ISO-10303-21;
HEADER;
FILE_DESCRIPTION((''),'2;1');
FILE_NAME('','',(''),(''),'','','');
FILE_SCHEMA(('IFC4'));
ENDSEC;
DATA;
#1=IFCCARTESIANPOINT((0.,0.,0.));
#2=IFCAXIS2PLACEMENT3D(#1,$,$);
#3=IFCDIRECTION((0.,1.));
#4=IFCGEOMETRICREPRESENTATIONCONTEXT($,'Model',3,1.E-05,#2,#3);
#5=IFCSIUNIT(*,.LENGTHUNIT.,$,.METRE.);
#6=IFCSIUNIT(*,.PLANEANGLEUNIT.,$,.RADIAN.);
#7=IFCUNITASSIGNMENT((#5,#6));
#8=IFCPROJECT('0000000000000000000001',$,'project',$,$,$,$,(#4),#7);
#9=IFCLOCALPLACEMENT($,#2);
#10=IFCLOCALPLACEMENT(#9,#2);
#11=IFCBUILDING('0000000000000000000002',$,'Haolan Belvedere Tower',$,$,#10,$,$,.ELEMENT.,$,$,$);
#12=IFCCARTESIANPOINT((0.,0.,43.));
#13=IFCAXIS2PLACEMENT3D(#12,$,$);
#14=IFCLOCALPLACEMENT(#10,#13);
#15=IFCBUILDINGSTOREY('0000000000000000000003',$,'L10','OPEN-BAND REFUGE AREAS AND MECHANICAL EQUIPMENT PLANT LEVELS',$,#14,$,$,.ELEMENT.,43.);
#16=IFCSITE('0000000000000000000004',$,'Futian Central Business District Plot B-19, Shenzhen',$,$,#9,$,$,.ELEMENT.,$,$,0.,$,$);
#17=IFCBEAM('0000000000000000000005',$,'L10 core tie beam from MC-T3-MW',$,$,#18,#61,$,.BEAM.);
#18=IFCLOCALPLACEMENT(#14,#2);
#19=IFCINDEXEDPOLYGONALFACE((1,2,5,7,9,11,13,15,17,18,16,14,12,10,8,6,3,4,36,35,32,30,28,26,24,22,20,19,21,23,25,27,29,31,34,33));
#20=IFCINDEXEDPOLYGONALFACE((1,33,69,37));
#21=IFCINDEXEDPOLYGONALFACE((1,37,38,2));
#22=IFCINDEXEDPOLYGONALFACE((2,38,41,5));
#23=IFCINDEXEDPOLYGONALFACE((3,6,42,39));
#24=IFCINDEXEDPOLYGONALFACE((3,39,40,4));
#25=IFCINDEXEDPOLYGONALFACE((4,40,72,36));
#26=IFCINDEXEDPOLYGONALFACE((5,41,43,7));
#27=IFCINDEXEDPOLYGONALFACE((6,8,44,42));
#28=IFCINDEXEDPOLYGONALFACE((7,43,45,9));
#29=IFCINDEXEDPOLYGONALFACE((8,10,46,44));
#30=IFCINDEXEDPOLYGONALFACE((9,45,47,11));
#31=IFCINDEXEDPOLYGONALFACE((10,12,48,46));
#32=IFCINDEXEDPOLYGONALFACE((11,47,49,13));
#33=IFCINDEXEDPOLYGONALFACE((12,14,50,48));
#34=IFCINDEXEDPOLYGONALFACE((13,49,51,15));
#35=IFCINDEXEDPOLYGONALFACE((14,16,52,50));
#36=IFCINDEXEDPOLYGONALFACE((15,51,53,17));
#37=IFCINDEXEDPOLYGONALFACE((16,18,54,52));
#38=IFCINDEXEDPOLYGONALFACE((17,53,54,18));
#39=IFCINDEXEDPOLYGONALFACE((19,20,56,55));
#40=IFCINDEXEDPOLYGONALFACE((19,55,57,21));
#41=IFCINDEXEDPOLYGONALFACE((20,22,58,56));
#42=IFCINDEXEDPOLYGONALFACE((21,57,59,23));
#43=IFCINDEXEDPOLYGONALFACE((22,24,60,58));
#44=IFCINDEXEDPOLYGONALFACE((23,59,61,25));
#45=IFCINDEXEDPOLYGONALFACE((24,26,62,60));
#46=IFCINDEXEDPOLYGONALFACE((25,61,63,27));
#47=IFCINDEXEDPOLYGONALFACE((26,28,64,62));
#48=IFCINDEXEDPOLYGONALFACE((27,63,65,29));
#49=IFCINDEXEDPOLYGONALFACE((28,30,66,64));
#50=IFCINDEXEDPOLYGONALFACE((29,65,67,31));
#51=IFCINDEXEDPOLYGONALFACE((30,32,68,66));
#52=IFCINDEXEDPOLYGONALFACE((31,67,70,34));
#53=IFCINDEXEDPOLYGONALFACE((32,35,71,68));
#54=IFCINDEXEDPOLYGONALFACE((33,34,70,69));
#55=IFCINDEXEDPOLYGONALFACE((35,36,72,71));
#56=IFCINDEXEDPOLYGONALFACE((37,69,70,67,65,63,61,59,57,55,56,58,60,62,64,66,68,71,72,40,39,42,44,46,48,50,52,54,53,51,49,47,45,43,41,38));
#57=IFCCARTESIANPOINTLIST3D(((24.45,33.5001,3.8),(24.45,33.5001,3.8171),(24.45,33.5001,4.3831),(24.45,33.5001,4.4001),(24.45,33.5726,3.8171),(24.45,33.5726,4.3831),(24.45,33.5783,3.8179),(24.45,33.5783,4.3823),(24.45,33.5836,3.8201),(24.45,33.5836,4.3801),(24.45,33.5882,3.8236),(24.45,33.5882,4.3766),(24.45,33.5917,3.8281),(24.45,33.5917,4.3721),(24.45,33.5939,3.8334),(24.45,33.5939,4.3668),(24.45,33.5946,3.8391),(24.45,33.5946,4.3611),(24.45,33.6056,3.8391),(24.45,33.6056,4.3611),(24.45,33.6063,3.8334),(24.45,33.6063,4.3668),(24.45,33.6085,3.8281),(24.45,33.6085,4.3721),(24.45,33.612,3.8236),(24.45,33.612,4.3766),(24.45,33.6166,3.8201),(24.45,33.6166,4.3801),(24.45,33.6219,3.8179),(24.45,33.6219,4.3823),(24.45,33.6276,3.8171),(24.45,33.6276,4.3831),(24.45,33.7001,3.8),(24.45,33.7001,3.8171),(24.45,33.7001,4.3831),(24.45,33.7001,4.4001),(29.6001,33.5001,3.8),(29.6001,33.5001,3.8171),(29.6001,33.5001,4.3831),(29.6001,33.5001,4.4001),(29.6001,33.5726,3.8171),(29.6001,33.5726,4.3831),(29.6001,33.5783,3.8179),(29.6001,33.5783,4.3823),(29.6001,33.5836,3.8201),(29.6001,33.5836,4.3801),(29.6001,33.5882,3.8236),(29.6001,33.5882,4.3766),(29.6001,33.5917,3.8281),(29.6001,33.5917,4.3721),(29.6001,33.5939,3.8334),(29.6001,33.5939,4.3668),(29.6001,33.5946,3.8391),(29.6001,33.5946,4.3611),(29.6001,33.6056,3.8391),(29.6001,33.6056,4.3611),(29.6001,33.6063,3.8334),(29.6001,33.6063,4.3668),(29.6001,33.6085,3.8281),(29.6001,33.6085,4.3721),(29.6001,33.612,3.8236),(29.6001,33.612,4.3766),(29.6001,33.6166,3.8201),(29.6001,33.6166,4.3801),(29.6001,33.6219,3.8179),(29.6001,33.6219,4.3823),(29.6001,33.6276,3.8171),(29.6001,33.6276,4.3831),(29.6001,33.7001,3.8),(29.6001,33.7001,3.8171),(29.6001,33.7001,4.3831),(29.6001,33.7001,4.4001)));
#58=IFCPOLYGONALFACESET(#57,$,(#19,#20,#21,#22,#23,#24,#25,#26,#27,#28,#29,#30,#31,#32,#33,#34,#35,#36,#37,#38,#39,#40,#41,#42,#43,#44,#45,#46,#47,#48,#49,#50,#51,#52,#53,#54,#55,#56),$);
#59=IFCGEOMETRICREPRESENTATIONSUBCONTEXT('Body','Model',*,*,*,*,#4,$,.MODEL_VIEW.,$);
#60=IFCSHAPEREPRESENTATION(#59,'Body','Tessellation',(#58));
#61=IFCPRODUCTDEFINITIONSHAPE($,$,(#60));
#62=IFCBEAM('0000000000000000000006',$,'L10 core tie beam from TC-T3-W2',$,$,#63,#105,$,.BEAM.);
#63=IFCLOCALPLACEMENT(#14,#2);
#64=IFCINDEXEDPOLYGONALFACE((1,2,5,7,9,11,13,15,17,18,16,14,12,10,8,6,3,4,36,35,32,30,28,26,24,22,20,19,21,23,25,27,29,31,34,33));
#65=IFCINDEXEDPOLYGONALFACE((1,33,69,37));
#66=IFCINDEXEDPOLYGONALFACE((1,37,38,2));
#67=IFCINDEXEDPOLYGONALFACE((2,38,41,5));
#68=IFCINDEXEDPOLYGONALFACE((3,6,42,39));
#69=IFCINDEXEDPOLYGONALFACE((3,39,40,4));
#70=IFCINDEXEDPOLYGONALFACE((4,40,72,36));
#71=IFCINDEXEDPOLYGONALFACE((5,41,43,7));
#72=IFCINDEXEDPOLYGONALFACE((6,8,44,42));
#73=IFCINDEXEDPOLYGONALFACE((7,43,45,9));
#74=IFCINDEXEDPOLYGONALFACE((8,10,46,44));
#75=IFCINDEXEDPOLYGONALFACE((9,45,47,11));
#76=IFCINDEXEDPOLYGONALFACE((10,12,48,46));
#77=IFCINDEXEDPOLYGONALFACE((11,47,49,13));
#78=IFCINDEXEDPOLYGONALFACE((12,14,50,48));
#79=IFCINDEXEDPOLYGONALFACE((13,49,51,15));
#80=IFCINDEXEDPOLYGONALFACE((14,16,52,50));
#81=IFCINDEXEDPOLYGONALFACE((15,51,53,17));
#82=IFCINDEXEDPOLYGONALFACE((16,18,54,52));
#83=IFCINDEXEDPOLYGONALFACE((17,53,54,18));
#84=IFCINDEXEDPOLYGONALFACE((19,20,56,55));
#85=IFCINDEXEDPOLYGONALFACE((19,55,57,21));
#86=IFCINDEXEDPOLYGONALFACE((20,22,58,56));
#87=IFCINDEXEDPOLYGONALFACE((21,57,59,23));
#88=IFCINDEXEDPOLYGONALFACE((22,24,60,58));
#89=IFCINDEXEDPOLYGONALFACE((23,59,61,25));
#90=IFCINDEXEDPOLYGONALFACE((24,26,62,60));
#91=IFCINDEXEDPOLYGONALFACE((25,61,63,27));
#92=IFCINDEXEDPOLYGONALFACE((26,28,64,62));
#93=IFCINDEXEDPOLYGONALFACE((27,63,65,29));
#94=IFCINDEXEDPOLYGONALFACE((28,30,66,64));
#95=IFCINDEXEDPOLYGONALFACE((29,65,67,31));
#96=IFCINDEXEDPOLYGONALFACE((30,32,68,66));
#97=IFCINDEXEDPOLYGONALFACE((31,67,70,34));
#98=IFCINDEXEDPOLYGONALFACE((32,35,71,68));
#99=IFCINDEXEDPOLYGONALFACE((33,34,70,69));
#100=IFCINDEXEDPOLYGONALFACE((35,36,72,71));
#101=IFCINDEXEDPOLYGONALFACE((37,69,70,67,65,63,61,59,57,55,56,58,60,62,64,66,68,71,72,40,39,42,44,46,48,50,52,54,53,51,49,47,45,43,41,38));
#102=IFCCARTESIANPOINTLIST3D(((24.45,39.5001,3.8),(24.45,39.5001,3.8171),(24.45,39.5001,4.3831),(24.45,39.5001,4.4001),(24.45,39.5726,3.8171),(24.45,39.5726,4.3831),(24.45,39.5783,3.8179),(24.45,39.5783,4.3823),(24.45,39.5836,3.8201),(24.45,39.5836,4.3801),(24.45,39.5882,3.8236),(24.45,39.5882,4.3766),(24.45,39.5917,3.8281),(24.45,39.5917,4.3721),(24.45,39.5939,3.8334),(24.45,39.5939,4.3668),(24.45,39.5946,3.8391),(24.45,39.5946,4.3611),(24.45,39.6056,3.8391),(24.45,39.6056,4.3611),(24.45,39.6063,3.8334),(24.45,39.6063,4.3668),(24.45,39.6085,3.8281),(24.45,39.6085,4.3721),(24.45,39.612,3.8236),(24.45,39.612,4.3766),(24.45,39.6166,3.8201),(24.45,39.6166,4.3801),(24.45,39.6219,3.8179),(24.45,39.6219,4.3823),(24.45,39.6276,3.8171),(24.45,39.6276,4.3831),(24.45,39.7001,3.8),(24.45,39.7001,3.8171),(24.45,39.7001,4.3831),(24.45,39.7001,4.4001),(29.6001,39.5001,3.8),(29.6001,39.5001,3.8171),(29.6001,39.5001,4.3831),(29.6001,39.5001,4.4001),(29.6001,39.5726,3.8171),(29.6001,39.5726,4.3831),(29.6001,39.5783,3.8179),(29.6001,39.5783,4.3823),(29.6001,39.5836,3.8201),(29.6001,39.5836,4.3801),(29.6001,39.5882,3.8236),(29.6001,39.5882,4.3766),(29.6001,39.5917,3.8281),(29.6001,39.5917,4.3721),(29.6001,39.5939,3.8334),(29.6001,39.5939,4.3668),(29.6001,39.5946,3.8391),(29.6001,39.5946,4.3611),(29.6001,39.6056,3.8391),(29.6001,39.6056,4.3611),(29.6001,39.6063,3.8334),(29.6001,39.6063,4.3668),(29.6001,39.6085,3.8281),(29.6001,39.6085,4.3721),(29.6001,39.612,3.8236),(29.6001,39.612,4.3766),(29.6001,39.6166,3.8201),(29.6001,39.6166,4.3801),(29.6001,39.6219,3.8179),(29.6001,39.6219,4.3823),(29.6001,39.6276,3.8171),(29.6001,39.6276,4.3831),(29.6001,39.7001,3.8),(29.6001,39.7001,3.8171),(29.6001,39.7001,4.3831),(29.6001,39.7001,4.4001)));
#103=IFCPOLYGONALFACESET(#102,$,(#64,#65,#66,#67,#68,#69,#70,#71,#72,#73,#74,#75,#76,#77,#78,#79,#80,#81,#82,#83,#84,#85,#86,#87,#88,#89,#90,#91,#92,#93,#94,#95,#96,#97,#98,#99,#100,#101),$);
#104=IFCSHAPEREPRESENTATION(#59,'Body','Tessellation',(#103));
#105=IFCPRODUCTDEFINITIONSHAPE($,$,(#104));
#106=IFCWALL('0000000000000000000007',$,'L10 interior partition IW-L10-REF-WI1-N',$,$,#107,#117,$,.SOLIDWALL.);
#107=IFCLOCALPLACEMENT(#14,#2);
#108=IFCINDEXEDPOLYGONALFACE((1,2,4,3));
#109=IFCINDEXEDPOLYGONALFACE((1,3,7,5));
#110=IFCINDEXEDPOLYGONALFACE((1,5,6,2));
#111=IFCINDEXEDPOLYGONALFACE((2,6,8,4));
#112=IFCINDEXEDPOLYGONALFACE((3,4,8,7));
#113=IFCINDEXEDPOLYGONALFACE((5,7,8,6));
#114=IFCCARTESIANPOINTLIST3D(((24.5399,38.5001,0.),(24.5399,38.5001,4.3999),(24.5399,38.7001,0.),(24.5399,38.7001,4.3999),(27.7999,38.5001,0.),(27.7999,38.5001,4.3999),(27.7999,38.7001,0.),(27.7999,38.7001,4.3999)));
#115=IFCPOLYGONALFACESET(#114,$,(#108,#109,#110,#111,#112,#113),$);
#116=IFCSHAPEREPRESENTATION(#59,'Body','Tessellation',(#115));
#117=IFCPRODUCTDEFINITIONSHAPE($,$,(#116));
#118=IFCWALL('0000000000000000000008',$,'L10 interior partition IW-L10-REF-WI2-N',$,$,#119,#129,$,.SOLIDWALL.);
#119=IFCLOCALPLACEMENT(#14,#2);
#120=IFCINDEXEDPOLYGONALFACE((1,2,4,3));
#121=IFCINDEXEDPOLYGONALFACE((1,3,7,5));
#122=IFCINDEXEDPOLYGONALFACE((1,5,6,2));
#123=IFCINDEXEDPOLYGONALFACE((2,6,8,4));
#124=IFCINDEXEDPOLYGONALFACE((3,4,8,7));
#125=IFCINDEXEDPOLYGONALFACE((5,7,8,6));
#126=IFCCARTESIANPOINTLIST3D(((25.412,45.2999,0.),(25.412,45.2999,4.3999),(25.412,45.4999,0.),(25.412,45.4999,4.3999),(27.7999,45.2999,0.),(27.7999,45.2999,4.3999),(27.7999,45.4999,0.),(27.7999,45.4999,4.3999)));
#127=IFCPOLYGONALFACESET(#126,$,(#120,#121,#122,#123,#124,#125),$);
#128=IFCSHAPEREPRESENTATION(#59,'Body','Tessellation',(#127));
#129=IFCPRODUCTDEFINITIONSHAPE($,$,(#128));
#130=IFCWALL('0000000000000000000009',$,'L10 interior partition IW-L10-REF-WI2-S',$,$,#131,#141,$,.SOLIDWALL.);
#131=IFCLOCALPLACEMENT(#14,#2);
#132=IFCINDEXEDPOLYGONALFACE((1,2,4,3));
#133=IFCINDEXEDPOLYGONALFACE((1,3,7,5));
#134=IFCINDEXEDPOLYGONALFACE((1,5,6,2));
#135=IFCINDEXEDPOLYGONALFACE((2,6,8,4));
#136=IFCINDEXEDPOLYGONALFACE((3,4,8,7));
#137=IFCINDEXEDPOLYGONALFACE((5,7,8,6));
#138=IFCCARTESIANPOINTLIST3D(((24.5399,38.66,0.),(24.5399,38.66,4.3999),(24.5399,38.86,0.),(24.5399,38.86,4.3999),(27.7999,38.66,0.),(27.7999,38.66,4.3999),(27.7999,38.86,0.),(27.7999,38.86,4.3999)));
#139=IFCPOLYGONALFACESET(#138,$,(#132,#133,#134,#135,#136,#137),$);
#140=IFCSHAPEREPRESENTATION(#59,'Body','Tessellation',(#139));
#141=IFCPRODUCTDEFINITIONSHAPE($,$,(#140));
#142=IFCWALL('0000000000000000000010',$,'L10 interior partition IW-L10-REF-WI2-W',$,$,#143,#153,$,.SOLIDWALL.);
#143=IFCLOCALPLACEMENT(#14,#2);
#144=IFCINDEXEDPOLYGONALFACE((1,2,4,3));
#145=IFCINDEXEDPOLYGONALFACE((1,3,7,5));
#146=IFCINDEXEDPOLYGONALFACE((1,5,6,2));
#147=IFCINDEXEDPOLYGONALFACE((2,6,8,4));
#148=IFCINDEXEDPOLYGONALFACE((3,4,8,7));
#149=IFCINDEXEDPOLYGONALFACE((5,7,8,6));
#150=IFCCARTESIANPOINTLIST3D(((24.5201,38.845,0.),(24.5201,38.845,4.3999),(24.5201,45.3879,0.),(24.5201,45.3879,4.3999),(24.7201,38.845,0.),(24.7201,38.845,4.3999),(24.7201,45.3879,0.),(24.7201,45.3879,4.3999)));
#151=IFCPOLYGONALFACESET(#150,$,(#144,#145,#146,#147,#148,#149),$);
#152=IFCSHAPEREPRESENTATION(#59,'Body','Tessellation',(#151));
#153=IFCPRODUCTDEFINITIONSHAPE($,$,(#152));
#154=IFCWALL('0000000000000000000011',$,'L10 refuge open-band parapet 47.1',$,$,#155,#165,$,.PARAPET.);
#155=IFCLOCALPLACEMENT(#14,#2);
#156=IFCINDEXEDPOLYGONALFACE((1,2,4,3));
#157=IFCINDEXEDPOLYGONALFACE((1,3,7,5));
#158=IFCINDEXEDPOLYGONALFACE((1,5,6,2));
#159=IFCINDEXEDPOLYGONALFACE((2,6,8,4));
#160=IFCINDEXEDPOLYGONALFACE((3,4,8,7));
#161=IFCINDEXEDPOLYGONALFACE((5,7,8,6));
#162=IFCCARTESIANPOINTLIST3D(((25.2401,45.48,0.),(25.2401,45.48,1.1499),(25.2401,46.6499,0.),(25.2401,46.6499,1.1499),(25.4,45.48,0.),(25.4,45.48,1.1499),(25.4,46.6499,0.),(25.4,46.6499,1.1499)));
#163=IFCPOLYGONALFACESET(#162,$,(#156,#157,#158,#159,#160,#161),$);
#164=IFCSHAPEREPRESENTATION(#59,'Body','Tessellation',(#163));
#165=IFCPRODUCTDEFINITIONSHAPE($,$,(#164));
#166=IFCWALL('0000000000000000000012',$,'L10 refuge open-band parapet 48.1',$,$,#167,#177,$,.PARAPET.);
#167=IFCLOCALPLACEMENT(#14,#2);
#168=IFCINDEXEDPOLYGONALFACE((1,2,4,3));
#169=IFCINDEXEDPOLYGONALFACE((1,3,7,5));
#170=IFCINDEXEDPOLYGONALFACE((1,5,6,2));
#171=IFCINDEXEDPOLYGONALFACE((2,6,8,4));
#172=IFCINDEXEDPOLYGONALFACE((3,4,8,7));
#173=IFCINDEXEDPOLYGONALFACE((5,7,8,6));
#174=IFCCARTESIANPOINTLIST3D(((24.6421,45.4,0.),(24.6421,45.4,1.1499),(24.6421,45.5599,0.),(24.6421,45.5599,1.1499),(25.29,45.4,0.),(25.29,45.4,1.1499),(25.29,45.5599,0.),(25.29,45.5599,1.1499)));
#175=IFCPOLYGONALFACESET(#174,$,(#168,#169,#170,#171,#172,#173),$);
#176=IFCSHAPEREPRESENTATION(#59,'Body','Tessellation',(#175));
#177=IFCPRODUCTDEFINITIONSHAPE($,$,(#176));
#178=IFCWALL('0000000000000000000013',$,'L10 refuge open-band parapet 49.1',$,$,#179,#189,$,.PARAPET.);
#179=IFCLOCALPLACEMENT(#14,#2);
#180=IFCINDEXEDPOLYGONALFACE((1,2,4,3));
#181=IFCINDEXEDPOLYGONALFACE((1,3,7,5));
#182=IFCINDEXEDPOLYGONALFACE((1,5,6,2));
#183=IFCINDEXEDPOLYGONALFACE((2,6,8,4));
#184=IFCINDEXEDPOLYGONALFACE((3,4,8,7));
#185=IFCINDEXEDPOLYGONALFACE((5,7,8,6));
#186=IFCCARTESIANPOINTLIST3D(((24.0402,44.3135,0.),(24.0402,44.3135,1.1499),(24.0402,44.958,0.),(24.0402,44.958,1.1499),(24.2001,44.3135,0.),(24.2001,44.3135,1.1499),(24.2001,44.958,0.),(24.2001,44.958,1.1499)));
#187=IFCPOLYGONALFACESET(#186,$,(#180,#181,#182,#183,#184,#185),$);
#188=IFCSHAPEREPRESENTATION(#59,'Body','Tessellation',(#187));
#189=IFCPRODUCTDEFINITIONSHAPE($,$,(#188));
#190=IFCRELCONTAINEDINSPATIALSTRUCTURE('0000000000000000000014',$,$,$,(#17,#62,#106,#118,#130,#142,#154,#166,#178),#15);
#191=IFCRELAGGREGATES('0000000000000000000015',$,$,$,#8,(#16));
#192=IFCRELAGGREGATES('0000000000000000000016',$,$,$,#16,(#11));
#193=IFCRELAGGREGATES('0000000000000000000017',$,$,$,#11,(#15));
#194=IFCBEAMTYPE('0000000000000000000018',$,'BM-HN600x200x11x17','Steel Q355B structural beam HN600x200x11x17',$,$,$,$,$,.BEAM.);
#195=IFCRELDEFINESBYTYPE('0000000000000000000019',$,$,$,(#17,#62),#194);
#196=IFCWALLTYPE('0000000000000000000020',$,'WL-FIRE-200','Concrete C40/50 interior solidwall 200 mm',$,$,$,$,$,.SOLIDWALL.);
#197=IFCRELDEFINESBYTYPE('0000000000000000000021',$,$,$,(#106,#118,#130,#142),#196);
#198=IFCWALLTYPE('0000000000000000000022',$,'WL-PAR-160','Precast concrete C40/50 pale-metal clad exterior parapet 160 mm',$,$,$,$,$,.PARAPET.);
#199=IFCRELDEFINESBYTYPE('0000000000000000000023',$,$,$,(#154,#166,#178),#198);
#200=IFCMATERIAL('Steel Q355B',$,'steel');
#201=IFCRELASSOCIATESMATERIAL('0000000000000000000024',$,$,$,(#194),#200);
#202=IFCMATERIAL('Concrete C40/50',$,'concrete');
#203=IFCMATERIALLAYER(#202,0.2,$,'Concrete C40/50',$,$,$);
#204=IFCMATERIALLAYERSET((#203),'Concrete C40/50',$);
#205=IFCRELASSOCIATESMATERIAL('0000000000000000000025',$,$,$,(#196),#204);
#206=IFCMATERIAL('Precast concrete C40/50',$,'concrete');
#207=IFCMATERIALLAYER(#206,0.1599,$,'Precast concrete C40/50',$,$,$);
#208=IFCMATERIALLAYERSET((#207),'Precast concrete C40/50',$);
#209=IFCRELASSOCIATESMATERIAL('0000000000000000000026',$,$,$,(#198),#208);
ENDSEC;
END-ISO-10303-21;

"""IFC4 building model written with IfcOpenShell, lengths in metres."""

from ifc_helpers import new_model, si_unit, direction, frame, frame_2d, origin, origin_2d, place, context, subcontext, project, spatial, rectangle, i_section, extrude, material, layer, layer_set, material_profile, profile_set, type_object, element, save


model = new_model("IFC4")

# Units and contexts
model_context = context("Model", 3, precision=1e-05, world=origin(), true_north=direction((0.0, 1.0)))
body_context = subcontext(model_context, "Body", "Model", "MODEL_VIEW")
ifc_project = project(units=[si_unit("LENGTHUNIT", "METRE"), si_unit("PLANEANGLEUNIT", "RADIAN")], contexts=[model_context])

# Site, building, storey
site_placement = place(None, origin())
site = spatial("IfcSite", under=ifc_project, at=site_placement, Name="Futian Central Business District Plot B-19, Shenzhen", CompositionType="ELEMENT", RefElevation=0.0)
building_placement = place(site_placement, origin())
building = spatial("IfcBuilding", under=site, at=building_placement, Name="Haolan Belvedere Tower", CompositionType="ELEMENT")
storey_placement = place(building_placement, frame((0.0, 0.0, 43.0)))
storey = spatial("IfcBuildingStorey", under=building, at=storey_placement, Name="L10", Description="OPEN-BAND REFUGE AREAS AND MECHANICAL EQUIPMENT PLANT LEVELS", CompositionType="ELEMENT", Elevation=43.0)

# Shared definitions
ifc_material_1 = material(Name="Steel Q355B", Category="steel")

# Beams
ifc_material_profile_1 = material_profile(ifc_material_1, i_section(OverallWidth=0.2, OverallDepth=0.6001, WebThickness=0.011, FlangeThickness=0.0171, FilletRadius=0.022, at=origin_2d()), Name="Steel Q355B")
ifc_profile_set_1 = profile_set([ifc_material_profile_1], Name="Steel Q355B")
beam_type_1 = type_object("IfcBeamType", Name="BM-HN600x200x11x17", Description="Steel Q355B structural beam HN600x200x11x17", PredefinedType="BEAM", material=ifc_profile_set_1)
for number, where, z_axis, x_axis, name in (
    (1, (24.45, 33.6001, 4.1001), (1.0, 0.0, 0.0), (0.0, 1.0, 0.0), "L10 core tie beam from MC-T3-MW"),
    (2, (24.45, 39.6001, 4.1001), (1.0, 0.0, 0.0), (0.0, 1.0, 0.0), "L10 core tie beam from TC-T3-W2"),
):
    element("IfcBeam", number, at=place(storey_placement, frame(where, z_axis=z_axis, x_axis=x_axis)), inside=storey, type_object=beam_type_1, Name=name, PredefinedType="BEAM", context=body_context, shape_type="SweptSolid", body=[
        extrude(i_section(OverallWidth=0.2, OverallDepth=0.6001, WebThickness=0.011, FlangeThickness=0.0171, FilletRadius=0.022, at=origin_2d()), origin(), (0.0, 0.0, 1.0), 5.1501),
    ])

# Walls
ifc_material_2 = material(Name="Concrete C40/50", Category="concrete")
ifc_layer_1 = layer(ifc_material_2, 0.2, Name="Concrete C40/50")
ifc_layer_set_1 = layer_set([ifc_layer_1], Name="Concrete C40/50")
wall_type_1 = type_object("IfcWallType", Name="WL-FIRE-200", Description="Concrete C40/50 interior solidwall 200 mm", PredefinedType="SOLIDWALL", material=ifc_layer_set_1)
wall_1_placement = place(storey_placement, frame((24.54, 38.6001, 0.0), z_axis=(0.0, 0.0, 1.0), x_axis=(1.0, 0.0, 0.0)))
element("IfcWall", 3, at=wall_1_placement, inside=storey, type_object=wall_type_1, Name="L10 interior partition IW-L10-REF-WI1-N", PredefinedType="SOLIDWALL", context=body_context, shape_type="SweptSolid", body=[
    extrude(rectangle(XDim=3.26, YDim=0.2, at=frame_2d((1.6299, 0.0))), origin(), (0.0, 0.0, 1.0), 4.3999),
])
wall_2_placement = place(storey_placement, frame((25.4121, 45.3999, 0.0), z_axis=(0.0, 0.0, 1.0), x_axis=(1.0, 0.0, 0.0)))
element("IfcWall", 4, at=wall_2_placement, inside=storey, type_object=wall_type_1, Name="L10 interior partition IW-L10-REF-WI2-N", PredefinedType="SOLIDWALL", context=body_context, shape_type="SweptSolid", body=[
    extrude(rectangle(XDim=2.3879, YDim=0.2, at=frame_2d((1.1938, 0.0))), origin(), (0.0, 0.0, 1.0), 4.3999),
])
wall_3_placement = place(storey_placement, frame((24.54, 38.76, 0.0), z_axis=(0.0, 0.0, 1.0), x_axis=(1.0, 0.0, 0.0)))
element("IfcWall", 5, at=wall_3_placement, inside=storey, type_object=wall_type_1, Name="L10 interior partition IW-L10-REF-WI2-S", PredefinedType="SOLIDWALL", context=body_context, shape_type="SweptSolid", body=[
    extrude(rectangle(XDim=3.26, YDim=0.2, at=frame_2d((1.6299, 0.0))), origin(), (0.0, 0.0, 1.0), 4.3999),
])
wall_4_placement = place(storey_placement, frame((24.6201, 38.845, 0.0), z_axis=(0.0, 0.0, 1.0), x_axis=(0.0, 1.0, 0.0)))
element("IfcWall", 6, at=wall_4_placement, inside=storey, type_object=wall_type_1, Name="L10 interior partition IW-L10-REF-WI2-W", PredefinedType="SOLIDWALL", context=body_context, shape_type="SweptSolid", body=[
    extrude(rectangle(XDim=6.543, YDim=0.2, at=frame_2d((3.2715, 0.0))), origin(), (0.0, 0.0, 1.0), 4.3999),
])
ifc_material_3 = material(Name="Precast concrete C40/50", Category="concrete")
ifc_layer_2 = layer(ifc_material_3, 0.1599, Name="Precast concrete C40/50")
ifc_layer_set_2 = layer_set([ifc_layer_2], Name="Precast concrete C40/50")
wall_type_2 = type_object("IfcWallType", Name="WL-PAR-160", Description="Precast concrete C40/50 pale-metal clad exterior parapet 160 mm", PredefinedType="PARAPET", material=ifc_layer_set_2)
wall_5_placement = place(storey_placement, frame((25.3201, 46.6499, 0.0), z_axis=(0.0, 0.0, 1.0), x_axis=(0.0, -1.0, 0.0)))
element("IfcWall", 7, at=wall_5_placement, inside=storey, type_object=wall_type_2, Name="L10 refuge open-band parapet 47.1", PredefinedType="PARAPET", context=body_context, shape_type="SweptSolid", body=[
    extrude(rectangle(XDim=1.1699, YDim=0.1599, at=frame_2d((0.585, 0.0))), origin(), (0.0, 0.0, 1.0), 1.1499),
])
wall_6_placement = place(storey_placement, frame((25.29, 45.48, 0.0), z_axis=(0.0, 0.0, 1.0), x_axis=(-1.0, 0.0, 0.0)))
element("IfcWall", 8, at=wall_6_placement, inside=storey, type_object=wall_type_2, Name="L10 refuge open-band parapet 48.1", PredefinedType="PARAPET", context=body_context, shape_type="SweptSolid", body=[
    extrude(rectangle(XDim=0.6479, YDim=0.1599, at=frame_2d((0.324, 0.0))), origin(), (0.0, 0.0, 1.0), 1.1499),
])
wall_7_placement = place(storey_placement, frame((24.1201, 44.958, 0.0), z_axis=(0.0, 0.0, 1.0), x_axis=(0.0, -1.0, 0.0)))
element("IfcWall", 9, at=wall_7_placement, inside=storey, type_object=wall_type_2, Name="L10 refuge open-band parapet 49.1", PredefinedType="PARAPET", context=body_context, shape_type="SweptSolid", body=[
    extrude(rectangle(XDim=0.6445, YDim=0.1599, at=frame_2d((0.3223, 0.0))), origin(), (0.0, 0.0, 1.0), 1.1499),
])

save(model, "model.ifc")
